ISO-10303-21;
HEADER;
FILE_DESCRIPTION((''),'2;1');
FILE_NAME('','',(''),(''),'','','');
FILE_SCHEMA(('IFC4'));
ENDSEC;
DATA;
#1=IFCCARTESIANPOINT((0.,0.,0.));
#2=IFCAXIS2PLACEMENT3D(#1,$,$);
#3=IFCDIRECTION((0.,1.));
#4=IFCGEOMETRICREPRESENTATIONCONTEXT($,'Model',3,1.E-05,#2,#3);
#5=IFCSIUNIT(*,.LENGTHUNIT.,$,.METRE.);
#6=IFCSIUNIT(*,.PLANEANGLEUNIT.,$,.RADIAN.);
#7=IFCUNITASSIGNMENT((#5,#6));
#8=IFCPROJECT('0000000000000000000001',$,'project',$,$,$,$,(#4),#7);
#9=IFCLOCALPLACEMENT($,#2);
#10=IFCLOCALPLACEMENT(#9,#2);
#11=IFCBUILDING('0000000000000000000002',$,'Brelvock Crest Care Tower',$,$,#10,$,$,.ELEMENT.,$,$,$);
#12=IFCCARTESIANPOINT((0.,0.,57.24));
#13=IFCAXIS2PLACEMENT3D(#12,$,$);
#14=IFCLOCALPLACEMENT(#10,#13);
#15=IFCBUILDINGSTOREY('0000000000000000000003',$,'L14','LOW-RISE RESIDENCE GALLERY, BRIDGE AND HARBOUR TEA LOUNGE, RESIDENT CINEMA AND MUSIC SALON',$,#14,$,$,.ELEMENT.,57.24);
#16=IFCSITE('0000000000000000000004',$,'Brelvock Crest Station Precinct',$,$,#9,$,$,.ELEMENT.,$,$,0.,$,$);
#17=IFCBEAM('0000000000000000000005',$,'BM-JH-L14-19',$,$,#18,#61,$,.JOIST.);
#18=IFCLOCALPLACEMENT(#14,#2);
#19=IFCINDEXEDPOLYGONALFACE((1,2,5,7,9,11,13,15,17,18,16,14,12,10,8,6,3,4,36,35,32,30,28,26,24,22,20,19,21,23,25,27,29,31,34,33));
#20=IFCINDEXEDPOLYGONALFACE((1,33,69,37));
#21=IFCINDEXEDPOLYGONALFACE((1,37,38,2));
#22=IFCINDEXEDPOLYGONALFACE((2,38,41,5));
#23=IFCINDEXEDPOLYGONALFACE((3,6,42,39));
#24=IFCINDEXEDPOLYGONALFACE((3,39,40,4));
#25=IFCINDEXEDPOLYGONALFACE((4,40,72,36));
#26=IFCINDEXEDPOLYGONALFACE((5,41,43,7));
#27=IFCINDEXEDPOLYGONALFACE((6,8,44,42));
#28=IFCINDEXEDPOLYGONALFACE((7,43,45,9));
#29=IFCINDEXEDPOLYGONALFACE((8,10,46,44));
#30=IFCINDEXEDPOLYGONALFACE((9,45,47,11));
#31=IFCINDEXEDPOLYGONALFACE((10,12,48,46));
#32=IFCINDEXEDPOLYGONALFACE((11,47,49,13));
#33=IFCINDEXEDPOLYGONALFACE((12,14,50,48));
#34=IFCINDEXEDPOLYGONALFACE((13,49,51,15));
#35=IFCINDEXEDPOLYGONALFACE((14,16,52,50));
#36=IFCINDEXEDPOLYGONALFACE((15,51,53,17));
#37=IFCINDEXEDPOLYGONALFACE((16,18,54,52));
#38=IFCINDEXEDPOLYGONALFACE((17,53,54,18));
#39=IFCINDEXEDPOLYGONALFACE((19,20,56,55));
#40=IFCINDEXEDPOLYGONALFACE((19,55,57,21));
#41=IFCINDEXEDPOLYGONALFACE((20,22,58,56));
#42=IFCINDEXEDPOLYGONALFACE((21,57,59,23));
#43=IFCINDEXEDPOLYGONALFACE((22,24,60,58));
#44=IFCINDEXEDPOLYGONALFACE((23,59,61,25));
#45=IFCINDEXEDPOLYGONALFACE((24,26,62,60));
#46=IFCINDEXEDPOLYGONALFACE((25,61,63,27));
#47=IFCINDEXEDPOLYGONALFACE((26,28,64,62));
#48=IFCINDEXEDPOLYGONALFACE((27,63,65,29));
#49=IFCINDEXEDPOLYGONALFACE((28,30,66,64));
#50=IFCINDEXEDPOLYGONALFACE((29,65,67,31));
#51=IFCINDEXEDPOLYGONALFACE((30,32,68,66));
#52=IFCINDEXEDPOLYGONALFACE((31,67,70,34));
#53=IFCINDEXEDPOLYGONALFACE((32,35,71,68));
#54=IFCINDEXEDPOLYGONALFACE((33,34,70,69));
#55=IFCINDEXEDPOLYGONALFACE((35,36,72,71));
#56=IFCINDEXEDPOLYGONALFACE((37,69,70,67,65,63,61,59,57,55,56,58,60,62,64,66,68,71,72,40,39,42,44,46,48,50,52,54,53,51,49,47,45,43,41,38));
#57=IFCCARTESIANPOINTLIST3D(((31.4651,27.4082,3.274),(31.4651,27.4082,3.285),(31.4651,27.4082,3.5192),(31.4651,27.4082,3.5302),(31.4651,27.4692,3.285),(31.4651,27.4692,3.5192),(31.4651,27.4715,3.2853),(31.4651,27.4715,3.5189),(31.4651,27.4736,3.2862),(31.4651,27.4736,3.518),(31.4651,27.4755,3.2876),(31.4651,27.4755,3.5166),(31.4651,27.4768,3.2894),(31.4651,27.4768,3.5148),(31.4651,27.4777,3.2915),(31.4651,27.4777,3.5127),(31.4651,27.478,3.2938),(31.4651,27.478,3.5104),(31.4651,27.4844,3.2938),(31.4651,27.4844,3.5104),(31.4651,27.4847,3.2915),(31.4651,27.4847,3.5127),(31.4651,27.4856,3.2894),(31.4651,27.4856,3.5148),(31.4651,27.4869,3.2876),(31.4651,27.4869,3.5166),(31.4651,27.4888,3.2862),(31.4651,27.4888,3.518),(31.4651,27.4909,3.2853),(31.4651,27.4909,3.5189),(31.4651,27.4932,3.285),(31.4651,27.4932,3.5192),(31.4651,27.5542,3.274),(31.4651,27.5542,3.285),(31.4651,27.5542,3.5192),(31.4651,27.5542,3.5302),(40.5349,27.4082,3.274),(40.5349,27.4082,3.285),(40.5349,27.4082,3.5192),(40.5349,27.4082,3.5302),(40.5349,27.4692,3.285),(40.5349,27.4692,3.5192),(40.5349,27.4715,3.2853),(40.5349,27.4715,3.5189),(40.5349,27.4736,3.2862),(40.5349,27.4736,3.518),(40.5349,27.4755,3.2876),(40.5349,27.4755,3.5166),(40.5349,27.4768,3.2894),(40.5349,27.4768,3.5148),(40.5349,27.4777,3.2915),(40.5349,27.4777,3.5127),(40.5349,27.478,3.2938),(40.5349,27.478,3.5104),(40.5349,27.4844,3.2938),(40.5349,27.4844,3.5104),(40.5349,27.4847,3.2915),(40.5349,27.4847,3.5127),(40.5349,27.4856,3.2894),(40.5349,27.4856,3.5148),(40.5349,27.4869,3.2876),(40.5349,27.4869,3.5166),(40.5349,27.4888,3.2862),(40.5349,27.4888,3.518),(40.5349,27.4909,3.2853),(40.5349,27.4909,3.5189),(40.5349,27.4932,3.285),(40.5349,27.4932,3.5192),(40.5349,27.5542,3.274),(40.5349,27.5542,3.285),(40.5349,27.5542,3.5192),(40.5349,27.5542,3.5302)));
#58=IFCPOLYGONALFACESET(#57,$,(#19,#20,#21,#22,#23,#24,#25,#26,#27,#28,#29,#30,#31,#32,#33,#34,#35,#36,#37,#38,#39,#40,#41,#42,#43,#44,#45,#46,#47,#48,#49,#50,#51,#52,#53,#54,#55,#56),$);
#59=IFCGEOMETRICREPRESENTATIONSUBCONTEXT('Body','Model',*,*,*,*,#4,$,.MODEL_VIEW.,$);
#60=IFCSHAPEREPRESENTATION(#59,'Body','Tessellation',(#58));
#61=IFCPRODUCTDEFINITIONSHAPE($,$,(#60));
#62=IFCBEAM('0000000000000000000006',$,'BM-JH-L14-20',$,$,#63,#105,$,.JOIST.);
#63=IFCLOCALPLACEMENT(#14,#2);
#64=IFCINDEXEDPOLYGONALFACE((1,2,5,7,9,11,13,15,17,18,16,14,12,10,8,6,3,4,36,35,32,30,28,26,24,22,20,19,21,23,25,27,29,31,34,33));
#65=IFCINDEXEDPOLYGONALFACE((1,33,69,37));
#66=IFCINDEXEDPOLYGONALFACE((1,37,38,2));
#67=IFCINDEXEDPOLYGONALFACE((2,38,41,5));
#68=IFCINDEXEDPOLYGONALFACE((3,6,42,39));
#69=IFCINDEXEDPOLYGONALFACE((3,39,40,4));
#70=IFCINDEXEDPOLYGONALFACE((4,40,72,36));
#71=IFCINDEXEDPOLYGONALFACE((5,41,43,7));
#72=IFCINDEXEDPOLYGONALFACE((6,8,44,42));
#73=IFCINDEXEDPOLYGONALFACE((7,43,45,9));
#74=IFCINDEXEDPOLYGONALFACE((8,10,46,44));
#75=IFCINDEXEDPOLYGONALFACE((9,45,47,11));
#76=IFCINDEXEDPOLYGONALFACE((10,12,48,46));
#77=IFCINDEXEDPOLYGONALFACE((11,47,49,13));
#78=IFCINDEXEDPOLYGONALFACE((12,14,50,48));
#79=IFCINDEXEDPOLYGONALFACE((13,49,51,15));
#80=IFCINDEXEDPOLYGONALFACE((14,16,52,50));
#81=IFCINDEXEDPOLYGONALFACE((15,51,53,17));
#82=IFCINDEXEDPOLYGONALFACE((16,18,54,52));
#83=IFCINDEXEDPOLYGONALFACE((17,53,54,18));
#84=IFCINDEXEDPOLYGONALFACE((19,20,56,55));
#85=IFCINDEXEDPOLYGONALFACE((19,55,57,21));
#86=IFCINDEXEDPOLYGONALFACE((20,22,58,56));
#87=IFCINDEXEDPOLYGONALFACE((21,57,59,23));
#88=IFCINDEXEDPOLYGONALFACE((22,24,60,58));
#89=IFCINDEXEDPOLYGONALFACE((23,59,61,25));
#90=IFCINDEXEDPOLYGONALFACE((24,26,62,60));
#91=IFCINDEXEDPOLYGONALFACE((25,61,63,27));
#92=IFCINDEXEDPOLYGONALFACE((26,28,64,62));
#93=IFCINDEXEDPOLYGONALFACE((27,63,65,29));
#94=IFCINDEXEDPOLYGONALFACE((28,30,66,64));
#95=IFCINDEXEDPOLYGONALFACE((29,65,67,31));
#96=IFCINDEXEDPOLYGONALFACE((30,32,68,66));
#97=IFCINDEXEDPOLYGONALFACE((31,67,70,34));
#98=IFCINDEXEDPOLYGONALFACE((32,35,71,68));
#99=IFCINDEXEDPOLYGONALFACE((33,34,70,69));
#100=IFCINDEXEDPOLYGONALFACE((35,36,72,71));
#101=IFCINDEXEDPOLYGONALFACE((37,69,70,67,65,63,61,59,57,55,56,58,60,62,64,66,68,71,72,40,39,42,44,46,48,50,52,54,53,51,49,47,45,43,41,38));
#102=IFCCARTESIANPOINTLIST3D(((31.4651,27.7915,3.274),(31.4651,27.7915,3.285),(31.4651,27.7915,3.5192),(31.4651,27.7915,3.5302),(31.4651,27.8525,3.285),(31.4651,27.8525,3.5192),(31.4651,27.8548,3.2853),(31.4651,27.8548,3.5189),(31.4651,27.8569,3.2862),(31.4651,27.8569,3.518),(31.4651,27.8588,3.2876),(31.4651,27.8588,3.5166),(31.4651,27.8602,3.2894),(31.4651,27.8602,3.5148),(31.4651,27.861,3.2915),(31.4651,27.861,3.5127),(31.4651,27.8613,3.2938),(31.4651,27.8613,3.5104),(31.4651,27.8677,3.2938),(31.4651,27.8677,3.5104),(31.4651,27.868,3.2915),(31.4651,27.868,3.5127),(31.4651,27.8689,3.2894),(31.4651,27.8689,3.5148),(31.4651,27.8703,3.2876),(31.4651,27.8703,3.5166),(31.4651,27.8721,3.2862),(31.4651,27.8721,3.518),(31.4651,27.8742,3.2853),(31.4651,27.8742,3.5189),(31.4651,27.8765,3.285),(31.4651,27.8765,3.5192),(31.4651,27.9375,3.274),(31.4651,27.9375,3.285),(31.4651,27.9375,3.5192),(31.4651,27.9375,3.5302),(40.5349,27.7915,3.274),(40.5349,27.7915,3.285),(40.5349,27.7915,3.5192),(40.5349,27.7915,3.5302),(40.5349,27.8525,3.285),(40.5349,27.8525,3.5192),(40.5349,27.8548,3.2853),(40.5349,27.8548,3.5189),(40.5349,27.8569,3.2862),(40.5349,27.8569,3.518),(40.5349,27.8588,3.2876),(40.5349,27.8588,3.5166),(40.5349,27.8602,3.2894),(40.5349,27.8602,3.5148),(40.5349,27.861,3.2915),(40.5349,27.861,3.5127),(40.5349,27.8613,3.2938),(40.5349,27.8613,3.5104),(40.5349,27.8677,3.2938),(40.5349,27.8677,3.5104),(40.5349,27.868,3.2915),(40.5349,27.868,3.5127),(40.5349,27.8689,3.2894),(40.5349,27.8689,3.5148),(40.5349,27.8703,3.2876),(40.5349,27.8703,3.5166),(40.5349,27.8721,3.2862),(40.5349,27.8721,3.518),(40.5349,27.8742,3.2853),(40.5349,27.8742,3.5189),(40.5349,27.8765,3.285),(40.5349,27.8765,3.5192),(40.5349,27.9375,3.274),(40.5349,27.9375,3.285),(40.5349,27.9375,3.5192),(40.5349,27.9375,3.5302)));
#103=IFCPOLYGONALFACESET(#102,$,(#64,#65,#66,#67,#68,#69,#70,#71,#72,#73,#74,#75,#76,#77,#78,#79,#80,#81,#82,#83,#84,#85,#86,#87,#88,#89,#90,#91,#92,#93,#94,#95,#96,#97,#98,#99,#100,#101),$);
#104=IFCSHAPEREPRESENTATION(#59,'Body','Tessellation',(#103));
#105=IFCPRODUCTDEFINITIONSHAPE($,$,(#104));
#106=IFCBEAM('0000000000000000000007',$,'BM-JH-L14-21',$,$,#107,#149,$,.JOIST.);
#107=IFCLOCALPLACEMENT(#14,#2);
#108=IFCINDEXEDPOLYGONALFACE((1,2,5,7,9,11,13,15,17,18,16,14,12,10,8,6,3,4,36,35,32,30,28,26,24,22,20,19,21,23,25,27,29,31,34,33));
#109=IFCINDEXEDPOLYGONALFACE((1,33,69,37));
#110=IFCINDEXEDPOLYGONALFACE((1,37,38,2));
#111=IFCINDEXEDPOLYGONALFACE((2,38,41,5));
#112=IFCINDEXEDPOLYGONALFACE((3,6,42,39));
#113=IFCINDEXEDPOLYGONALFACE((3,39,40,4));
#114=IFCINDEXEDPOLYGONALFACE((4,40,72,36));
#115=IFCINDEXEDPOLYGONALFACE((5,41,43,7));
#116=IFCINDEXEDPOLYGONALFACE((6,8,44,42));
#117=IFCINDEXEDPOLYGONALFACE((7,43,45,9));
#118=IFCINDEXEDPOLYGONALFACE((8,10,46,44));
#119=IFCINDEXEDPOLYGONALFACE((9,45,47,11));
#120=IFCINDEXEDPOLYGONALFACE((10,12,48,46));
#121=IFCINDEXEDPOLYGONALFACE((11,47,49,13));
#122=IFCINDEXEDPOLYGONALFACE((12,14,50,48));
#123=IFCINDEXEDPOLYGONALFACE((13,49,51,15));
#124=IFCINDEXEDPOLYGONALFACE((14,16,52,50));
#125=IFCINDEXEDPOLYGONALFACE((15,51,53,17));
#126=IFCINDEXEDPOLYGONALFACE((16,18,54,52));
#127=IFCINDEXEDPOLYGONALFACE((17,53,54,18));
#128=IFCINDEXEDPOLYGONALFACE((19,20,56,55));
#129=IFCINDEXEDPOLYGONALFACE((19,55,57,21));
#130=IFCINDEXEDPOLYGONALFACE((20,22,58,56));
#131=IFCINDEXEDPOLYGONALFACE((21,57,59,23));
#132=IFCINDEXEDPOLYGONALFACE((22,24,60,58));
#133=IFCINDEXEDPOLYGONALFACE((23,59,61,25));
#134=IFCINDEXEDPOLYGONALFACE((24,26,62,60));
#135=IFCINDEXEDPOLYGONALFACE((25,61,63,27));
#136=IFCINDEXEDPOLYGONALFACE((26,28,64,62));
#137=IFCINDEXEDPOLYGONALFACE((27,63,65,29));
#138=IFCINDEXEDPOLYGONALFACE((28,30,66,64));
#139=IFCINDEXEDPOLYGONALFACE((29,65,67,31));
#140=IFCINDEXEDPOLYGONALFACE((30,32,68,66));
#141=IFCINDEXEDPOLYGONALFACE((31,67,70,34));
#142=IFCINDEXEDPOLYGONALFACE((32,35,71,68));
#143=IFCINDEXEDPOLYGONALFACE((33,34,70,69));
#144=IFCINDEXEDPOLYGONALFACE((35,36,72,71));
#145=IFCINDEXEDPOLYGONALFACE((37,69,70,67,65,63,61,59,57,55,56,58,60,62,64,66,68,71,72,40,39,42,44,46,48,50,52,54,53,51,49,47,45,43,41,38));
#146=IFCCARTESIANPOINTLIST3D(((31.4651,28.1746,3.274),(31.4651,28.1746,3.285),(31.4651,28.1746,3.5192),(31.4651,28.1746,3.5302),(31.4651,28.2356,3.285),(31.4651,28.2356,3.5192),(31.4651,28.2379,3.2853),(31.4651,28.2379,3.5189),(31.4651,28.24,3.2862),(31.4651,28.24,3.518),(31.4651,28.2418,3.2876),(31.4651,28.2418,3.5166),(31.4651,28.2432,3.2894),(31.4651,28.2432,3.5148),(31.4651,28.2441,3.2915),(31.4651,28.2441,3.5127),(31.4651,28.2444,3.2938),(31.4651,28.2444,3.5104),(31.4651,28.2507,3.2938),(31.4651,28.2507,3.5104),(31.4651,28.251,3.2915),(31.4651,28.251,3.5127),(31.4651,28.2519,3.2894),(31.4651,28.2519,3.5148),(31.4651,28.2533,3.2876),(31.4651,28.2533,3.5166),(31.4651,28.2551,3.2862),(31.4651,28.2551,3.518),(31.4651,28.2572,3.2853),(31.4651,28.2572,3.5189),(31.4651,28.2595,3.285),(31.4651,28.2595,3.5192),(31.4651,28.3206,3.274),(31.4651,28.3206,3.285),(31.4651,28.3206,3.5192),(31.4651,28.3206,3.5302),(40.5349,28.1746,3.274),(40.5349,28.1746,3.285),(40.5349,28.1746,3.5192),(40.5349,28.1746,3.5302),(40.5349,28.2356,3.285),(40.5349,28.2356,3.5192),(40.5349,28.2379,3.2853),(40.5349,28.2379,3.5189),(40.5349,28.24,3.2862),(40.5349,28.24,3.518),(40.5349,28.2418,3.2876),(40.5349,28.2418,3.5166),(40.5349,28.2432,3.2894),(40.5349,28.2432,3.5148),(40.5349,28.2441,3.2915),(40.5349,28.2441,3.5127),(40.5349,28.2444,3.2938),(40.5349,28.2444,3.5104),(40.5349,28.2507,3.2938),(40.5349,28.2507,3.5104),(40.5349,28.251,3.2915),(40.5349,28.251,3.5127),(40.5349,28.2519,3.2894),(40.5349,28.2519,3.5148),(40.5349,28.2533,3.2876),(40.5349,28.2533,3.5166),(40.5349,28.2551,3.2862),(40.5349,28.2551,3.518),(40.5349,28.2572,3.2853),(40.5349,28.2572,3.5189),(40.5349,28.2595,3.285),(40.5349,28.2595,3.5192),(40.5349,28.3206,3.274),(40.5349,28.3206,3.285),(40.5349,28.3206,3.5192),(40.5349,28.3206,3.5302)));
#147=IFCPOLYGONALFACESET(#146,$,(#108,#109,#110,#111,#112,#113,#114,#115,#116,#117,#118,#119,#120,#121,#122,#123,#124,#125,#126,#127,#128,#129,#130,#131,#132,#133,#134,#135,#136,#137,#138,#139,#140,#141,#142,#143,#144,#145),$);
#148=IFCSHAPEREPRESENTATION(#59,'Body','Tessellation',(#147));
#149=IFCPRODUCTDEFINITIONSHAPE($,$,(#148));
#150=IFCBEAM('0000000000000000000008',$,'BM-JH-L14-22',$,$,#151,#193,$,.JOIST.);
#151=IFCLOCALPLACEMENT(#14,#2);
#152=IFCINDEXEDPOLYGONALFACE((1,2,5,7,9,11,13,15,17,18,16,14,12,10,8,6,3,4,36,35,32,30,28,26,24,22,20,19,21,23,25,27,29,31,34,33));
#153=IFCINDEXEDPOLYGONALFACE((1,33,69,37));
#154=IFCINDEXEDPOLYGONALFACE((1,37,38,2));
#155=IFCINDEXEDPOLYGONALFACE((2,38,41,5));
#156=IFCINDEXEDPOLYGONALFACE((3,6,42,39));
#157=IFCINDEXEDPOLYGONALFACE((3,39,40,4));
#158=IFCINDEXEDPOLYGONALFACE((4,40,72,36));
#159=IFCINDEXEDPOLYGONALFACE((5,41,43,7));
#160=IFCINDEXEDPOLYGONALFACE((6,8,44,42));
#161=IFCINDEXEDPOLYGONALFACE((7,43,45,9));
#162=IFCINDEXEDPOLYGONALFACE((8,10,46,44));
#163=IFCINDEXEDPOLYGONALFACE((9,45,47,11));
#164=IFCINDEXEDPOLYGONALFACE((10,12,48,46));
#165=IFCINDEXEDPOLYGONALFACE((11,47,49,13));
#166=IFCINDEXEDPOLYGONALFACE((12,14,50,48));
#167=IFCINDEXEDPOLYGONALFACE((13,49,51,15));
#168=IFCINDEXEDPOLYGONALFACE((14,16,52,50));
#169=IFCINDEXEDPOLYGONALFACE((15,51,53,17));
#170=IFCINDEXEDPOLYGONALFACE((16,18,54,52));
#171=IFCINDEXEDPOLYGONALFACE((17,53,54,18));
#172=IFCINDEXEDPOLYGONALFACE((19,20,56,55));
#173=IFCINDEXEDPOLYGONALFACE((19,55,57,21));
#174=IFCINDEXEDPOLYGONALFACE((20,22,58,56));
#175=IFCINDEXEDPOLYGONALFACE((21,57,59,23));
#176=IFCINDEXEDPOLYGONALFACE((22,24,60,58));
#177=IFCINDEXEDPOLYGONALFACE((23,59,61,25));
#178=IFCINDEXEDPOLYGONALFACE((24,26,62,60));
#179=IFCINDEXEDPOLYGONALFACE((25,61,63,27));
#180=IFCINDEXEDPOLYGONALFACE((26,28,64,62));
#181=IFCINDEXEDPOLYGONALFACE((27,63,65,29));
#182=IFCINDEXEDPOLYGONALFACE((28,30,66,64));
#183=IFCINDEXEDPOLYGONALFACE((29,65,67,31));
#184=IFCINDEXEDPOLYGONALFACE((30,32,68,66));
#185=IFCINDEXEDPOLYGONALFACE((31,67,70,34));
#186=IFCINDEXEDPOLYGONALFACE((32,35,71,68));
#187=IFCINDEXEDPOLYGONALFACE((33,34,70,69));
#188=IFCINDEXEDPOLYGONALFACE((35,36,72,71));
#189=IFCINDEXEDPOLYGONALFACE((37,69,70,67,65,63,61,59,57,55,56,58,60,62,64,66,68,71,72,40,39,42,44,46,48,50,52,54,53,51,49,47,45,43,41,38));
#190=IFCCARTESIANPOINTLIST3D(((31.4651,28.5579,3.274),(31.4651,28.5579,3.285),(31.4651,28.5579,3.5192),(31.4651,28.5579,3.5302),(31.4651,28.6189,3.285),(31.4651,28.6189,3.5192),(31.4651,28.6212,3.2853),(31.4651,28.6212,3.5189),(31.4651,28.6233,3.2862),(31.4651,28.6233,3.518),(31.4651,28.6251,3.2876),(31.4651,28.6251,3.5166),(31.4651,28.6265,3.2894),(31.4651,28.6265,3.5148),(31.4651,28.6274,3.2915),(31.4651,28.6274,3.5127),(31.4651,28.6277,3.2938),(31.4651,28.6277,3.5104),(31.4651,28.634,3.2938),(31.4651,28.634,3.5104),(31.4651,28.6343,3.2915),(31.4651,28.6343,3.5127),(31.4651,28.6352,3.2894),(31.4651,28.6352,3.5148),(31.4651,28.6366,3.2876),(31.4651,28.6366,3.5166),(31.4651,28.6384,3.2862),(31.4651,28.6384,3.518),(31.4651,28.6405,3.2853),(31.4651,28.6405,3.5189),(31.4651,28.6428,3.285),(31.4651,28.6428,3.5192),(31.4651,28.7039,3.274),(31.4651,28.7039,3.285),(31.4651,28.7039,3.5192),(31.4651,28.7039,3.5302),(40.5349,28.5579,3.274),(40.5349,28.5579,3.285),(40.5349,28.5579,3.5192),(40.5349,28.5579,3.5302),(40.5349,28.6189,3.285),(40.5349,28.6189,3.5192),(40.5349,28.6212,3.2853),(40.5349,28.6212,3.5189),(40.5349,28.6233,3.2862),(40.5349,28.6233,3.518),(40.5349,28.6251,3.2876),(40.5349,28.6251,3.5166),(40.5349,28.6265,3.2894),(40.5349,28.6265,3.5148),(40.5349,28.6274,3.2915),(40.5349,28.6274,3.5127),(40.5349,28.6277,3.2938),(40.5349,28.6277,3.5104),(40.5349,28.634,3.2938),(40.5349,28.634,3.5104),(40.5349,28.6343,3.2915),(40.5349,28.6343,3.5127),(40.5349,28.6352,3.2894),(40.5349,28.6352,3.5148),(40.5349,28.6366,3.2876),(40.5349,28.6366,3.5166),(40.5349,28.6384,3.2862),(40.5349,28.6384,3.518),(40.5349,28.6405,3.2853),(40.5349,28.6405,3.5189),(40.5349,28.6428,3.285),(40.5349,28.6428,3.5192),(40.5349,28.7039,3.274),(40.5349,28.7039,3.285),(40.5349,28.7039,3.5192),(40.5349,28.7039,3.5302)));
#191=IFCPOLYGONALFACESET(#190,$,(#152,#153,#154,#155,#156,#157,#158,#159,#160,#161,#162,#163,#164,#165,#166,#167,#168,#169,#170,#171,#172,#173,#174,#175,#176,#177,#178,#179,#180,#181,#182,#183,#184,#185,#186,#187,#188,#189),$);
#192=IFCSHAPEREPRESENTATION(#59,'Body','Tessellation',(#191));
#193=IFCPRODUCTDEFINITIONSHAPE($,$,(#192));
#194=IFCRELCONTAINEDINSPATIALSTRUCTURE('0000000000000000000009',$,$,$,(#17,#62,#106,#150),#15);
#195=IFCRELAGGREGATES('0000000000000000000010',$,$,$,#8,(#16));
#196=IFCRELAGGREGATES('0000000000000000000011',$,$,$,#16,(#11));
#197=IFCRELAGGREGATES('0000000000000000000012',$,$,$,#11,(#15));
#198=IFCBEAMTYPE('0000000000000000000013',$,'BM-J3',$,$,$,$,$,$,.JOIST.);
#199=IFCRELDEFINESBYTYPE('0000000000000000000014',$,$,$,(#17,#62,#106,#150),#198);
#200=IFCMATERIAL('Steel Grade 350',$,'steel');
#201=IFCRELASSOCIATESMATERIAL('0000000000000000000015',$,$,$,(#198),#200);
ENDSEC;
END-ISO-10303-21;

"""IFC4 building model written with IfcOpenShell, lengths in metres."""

from ifc_helpers import new_model, si_unit, direction, frame, origin, origin_2d, place, context, subcontext, project, spatial, i_section, extrude, source, transform, mapped, material, material_profile, profile_set, type_object, element, save


model = new_model("IFC4")

# Units and contexts
model_context = context("Model", 3, precision=1e-05, world=origin(), true_north=direction((0.0, 1.0)))
body_context = subcontext(model_context, "Body", "Model", "MODEL_VIEW")
ifc_project = project(units=[si_unit("LENGTHUNIT", "METRE"), si_unit("PLANEANGLEUNIT", "RADIAN")], contexts=[model_context])

# Site, building, storey
site_placement = place(None, origin())
site = spatial("IfcSite", under=ifc_project, at=site_placement, Name="Brelvock Crest Station Precinct", CompositionType="ELEMENT", RefElevation=0.0)
building_placement = place(site_placement, origin())
building = spatial("IfcBuilding", under=site, at=building_placement, Name="Brelvock Crest Care Tower", CompositionType="ELEMENT")
storey_placement = place(building_placement, frame((0.0, 0.0, 57.24)))
storey = spatial("IfcBuildingStorey", under=building, at=storey_placement, Name="L14", Description="LOW-RISE RESIDENCE GALLERY, BRIDGE AND HARBOUR TEA LOUNGE, RESIDENT CINEMA AND MUSIC SALON", CompositionType="ELEMENT", Elevation=57.24)

# Beams
ifc_material_1 = material(Name="Steel Grade 350", Category="steel")
ifc_material_profile = material_profile(ifc_material_1, i_section(OverallWidth=0.146, OverallDepth=0.2561, WebThickness=0.0063, FlangeThickness=0.011, FilletRadius=0.0088, at=origin_2d()), Name="250UB37.3")
ifc_profile_set = profile_set([ifc_material_profile], Name="Steel Grade 350")
beam_type = type_object("IfcBeamType", Name="BM-J3", PredefinedType="JOIST", material=ifc_profile_set)
shared_shape_1 = source(origin(), body_context, "Body", "SweptSolid", [
    extrude(i_section(OverallWidth=0.146, OverallDepth=0.2561, WebThickness=0.0063, FlangeThickness=0.011, FilletRadius=0.0088, at=origin_2d()), origin(), (0.0, 0.0, 1.0), 9.0698),
])
for number, where, z_axis, x_axis, name in (
    (1, (31.4651, 27.4812, 3.4021), (1.0, 0.0, 0.0), (0.0, 1.0, 0.0), "BM-JH-L14-19"),
    (2, (31.4651, 27.8645, 3.4021), (1.0, 0.0, 0.0), (0.0, 1.0, 0.0), "BM-JH-L14-20"),
    (3, (31.4651, 28.2476, 3.4021), (1.0, 0.0, 0.0), (0.0, 1.0, 0.0), "BM-JH-L14-21"),
    (4, (31.4651, 28.6309, 3.4021), (1.0, 0.0, 0.0), (0.0, 1.0, 0.0), "BM-JH-L14-22"),
):
    element("IfcBeam", number, at=place(storey_placement, frame(where, z_axis=z_axis, x_axis=x_axis)), inside=storey, type_object=beam_type, Name=name, PredefinedType="JOIST", context=body_context, shape_type="MappedRepresentation", body=[
        mapped(shared_shape_1, transform((0.0, 0.0, 0.0), x_axis=(1.0, 0.0, 0.0), y_axis=(0.0, 1.0, 0.0), z_axis=(0.0, 0.0, 1.0), scale=1.0)),
    ])

save(model, "model.ifc")
